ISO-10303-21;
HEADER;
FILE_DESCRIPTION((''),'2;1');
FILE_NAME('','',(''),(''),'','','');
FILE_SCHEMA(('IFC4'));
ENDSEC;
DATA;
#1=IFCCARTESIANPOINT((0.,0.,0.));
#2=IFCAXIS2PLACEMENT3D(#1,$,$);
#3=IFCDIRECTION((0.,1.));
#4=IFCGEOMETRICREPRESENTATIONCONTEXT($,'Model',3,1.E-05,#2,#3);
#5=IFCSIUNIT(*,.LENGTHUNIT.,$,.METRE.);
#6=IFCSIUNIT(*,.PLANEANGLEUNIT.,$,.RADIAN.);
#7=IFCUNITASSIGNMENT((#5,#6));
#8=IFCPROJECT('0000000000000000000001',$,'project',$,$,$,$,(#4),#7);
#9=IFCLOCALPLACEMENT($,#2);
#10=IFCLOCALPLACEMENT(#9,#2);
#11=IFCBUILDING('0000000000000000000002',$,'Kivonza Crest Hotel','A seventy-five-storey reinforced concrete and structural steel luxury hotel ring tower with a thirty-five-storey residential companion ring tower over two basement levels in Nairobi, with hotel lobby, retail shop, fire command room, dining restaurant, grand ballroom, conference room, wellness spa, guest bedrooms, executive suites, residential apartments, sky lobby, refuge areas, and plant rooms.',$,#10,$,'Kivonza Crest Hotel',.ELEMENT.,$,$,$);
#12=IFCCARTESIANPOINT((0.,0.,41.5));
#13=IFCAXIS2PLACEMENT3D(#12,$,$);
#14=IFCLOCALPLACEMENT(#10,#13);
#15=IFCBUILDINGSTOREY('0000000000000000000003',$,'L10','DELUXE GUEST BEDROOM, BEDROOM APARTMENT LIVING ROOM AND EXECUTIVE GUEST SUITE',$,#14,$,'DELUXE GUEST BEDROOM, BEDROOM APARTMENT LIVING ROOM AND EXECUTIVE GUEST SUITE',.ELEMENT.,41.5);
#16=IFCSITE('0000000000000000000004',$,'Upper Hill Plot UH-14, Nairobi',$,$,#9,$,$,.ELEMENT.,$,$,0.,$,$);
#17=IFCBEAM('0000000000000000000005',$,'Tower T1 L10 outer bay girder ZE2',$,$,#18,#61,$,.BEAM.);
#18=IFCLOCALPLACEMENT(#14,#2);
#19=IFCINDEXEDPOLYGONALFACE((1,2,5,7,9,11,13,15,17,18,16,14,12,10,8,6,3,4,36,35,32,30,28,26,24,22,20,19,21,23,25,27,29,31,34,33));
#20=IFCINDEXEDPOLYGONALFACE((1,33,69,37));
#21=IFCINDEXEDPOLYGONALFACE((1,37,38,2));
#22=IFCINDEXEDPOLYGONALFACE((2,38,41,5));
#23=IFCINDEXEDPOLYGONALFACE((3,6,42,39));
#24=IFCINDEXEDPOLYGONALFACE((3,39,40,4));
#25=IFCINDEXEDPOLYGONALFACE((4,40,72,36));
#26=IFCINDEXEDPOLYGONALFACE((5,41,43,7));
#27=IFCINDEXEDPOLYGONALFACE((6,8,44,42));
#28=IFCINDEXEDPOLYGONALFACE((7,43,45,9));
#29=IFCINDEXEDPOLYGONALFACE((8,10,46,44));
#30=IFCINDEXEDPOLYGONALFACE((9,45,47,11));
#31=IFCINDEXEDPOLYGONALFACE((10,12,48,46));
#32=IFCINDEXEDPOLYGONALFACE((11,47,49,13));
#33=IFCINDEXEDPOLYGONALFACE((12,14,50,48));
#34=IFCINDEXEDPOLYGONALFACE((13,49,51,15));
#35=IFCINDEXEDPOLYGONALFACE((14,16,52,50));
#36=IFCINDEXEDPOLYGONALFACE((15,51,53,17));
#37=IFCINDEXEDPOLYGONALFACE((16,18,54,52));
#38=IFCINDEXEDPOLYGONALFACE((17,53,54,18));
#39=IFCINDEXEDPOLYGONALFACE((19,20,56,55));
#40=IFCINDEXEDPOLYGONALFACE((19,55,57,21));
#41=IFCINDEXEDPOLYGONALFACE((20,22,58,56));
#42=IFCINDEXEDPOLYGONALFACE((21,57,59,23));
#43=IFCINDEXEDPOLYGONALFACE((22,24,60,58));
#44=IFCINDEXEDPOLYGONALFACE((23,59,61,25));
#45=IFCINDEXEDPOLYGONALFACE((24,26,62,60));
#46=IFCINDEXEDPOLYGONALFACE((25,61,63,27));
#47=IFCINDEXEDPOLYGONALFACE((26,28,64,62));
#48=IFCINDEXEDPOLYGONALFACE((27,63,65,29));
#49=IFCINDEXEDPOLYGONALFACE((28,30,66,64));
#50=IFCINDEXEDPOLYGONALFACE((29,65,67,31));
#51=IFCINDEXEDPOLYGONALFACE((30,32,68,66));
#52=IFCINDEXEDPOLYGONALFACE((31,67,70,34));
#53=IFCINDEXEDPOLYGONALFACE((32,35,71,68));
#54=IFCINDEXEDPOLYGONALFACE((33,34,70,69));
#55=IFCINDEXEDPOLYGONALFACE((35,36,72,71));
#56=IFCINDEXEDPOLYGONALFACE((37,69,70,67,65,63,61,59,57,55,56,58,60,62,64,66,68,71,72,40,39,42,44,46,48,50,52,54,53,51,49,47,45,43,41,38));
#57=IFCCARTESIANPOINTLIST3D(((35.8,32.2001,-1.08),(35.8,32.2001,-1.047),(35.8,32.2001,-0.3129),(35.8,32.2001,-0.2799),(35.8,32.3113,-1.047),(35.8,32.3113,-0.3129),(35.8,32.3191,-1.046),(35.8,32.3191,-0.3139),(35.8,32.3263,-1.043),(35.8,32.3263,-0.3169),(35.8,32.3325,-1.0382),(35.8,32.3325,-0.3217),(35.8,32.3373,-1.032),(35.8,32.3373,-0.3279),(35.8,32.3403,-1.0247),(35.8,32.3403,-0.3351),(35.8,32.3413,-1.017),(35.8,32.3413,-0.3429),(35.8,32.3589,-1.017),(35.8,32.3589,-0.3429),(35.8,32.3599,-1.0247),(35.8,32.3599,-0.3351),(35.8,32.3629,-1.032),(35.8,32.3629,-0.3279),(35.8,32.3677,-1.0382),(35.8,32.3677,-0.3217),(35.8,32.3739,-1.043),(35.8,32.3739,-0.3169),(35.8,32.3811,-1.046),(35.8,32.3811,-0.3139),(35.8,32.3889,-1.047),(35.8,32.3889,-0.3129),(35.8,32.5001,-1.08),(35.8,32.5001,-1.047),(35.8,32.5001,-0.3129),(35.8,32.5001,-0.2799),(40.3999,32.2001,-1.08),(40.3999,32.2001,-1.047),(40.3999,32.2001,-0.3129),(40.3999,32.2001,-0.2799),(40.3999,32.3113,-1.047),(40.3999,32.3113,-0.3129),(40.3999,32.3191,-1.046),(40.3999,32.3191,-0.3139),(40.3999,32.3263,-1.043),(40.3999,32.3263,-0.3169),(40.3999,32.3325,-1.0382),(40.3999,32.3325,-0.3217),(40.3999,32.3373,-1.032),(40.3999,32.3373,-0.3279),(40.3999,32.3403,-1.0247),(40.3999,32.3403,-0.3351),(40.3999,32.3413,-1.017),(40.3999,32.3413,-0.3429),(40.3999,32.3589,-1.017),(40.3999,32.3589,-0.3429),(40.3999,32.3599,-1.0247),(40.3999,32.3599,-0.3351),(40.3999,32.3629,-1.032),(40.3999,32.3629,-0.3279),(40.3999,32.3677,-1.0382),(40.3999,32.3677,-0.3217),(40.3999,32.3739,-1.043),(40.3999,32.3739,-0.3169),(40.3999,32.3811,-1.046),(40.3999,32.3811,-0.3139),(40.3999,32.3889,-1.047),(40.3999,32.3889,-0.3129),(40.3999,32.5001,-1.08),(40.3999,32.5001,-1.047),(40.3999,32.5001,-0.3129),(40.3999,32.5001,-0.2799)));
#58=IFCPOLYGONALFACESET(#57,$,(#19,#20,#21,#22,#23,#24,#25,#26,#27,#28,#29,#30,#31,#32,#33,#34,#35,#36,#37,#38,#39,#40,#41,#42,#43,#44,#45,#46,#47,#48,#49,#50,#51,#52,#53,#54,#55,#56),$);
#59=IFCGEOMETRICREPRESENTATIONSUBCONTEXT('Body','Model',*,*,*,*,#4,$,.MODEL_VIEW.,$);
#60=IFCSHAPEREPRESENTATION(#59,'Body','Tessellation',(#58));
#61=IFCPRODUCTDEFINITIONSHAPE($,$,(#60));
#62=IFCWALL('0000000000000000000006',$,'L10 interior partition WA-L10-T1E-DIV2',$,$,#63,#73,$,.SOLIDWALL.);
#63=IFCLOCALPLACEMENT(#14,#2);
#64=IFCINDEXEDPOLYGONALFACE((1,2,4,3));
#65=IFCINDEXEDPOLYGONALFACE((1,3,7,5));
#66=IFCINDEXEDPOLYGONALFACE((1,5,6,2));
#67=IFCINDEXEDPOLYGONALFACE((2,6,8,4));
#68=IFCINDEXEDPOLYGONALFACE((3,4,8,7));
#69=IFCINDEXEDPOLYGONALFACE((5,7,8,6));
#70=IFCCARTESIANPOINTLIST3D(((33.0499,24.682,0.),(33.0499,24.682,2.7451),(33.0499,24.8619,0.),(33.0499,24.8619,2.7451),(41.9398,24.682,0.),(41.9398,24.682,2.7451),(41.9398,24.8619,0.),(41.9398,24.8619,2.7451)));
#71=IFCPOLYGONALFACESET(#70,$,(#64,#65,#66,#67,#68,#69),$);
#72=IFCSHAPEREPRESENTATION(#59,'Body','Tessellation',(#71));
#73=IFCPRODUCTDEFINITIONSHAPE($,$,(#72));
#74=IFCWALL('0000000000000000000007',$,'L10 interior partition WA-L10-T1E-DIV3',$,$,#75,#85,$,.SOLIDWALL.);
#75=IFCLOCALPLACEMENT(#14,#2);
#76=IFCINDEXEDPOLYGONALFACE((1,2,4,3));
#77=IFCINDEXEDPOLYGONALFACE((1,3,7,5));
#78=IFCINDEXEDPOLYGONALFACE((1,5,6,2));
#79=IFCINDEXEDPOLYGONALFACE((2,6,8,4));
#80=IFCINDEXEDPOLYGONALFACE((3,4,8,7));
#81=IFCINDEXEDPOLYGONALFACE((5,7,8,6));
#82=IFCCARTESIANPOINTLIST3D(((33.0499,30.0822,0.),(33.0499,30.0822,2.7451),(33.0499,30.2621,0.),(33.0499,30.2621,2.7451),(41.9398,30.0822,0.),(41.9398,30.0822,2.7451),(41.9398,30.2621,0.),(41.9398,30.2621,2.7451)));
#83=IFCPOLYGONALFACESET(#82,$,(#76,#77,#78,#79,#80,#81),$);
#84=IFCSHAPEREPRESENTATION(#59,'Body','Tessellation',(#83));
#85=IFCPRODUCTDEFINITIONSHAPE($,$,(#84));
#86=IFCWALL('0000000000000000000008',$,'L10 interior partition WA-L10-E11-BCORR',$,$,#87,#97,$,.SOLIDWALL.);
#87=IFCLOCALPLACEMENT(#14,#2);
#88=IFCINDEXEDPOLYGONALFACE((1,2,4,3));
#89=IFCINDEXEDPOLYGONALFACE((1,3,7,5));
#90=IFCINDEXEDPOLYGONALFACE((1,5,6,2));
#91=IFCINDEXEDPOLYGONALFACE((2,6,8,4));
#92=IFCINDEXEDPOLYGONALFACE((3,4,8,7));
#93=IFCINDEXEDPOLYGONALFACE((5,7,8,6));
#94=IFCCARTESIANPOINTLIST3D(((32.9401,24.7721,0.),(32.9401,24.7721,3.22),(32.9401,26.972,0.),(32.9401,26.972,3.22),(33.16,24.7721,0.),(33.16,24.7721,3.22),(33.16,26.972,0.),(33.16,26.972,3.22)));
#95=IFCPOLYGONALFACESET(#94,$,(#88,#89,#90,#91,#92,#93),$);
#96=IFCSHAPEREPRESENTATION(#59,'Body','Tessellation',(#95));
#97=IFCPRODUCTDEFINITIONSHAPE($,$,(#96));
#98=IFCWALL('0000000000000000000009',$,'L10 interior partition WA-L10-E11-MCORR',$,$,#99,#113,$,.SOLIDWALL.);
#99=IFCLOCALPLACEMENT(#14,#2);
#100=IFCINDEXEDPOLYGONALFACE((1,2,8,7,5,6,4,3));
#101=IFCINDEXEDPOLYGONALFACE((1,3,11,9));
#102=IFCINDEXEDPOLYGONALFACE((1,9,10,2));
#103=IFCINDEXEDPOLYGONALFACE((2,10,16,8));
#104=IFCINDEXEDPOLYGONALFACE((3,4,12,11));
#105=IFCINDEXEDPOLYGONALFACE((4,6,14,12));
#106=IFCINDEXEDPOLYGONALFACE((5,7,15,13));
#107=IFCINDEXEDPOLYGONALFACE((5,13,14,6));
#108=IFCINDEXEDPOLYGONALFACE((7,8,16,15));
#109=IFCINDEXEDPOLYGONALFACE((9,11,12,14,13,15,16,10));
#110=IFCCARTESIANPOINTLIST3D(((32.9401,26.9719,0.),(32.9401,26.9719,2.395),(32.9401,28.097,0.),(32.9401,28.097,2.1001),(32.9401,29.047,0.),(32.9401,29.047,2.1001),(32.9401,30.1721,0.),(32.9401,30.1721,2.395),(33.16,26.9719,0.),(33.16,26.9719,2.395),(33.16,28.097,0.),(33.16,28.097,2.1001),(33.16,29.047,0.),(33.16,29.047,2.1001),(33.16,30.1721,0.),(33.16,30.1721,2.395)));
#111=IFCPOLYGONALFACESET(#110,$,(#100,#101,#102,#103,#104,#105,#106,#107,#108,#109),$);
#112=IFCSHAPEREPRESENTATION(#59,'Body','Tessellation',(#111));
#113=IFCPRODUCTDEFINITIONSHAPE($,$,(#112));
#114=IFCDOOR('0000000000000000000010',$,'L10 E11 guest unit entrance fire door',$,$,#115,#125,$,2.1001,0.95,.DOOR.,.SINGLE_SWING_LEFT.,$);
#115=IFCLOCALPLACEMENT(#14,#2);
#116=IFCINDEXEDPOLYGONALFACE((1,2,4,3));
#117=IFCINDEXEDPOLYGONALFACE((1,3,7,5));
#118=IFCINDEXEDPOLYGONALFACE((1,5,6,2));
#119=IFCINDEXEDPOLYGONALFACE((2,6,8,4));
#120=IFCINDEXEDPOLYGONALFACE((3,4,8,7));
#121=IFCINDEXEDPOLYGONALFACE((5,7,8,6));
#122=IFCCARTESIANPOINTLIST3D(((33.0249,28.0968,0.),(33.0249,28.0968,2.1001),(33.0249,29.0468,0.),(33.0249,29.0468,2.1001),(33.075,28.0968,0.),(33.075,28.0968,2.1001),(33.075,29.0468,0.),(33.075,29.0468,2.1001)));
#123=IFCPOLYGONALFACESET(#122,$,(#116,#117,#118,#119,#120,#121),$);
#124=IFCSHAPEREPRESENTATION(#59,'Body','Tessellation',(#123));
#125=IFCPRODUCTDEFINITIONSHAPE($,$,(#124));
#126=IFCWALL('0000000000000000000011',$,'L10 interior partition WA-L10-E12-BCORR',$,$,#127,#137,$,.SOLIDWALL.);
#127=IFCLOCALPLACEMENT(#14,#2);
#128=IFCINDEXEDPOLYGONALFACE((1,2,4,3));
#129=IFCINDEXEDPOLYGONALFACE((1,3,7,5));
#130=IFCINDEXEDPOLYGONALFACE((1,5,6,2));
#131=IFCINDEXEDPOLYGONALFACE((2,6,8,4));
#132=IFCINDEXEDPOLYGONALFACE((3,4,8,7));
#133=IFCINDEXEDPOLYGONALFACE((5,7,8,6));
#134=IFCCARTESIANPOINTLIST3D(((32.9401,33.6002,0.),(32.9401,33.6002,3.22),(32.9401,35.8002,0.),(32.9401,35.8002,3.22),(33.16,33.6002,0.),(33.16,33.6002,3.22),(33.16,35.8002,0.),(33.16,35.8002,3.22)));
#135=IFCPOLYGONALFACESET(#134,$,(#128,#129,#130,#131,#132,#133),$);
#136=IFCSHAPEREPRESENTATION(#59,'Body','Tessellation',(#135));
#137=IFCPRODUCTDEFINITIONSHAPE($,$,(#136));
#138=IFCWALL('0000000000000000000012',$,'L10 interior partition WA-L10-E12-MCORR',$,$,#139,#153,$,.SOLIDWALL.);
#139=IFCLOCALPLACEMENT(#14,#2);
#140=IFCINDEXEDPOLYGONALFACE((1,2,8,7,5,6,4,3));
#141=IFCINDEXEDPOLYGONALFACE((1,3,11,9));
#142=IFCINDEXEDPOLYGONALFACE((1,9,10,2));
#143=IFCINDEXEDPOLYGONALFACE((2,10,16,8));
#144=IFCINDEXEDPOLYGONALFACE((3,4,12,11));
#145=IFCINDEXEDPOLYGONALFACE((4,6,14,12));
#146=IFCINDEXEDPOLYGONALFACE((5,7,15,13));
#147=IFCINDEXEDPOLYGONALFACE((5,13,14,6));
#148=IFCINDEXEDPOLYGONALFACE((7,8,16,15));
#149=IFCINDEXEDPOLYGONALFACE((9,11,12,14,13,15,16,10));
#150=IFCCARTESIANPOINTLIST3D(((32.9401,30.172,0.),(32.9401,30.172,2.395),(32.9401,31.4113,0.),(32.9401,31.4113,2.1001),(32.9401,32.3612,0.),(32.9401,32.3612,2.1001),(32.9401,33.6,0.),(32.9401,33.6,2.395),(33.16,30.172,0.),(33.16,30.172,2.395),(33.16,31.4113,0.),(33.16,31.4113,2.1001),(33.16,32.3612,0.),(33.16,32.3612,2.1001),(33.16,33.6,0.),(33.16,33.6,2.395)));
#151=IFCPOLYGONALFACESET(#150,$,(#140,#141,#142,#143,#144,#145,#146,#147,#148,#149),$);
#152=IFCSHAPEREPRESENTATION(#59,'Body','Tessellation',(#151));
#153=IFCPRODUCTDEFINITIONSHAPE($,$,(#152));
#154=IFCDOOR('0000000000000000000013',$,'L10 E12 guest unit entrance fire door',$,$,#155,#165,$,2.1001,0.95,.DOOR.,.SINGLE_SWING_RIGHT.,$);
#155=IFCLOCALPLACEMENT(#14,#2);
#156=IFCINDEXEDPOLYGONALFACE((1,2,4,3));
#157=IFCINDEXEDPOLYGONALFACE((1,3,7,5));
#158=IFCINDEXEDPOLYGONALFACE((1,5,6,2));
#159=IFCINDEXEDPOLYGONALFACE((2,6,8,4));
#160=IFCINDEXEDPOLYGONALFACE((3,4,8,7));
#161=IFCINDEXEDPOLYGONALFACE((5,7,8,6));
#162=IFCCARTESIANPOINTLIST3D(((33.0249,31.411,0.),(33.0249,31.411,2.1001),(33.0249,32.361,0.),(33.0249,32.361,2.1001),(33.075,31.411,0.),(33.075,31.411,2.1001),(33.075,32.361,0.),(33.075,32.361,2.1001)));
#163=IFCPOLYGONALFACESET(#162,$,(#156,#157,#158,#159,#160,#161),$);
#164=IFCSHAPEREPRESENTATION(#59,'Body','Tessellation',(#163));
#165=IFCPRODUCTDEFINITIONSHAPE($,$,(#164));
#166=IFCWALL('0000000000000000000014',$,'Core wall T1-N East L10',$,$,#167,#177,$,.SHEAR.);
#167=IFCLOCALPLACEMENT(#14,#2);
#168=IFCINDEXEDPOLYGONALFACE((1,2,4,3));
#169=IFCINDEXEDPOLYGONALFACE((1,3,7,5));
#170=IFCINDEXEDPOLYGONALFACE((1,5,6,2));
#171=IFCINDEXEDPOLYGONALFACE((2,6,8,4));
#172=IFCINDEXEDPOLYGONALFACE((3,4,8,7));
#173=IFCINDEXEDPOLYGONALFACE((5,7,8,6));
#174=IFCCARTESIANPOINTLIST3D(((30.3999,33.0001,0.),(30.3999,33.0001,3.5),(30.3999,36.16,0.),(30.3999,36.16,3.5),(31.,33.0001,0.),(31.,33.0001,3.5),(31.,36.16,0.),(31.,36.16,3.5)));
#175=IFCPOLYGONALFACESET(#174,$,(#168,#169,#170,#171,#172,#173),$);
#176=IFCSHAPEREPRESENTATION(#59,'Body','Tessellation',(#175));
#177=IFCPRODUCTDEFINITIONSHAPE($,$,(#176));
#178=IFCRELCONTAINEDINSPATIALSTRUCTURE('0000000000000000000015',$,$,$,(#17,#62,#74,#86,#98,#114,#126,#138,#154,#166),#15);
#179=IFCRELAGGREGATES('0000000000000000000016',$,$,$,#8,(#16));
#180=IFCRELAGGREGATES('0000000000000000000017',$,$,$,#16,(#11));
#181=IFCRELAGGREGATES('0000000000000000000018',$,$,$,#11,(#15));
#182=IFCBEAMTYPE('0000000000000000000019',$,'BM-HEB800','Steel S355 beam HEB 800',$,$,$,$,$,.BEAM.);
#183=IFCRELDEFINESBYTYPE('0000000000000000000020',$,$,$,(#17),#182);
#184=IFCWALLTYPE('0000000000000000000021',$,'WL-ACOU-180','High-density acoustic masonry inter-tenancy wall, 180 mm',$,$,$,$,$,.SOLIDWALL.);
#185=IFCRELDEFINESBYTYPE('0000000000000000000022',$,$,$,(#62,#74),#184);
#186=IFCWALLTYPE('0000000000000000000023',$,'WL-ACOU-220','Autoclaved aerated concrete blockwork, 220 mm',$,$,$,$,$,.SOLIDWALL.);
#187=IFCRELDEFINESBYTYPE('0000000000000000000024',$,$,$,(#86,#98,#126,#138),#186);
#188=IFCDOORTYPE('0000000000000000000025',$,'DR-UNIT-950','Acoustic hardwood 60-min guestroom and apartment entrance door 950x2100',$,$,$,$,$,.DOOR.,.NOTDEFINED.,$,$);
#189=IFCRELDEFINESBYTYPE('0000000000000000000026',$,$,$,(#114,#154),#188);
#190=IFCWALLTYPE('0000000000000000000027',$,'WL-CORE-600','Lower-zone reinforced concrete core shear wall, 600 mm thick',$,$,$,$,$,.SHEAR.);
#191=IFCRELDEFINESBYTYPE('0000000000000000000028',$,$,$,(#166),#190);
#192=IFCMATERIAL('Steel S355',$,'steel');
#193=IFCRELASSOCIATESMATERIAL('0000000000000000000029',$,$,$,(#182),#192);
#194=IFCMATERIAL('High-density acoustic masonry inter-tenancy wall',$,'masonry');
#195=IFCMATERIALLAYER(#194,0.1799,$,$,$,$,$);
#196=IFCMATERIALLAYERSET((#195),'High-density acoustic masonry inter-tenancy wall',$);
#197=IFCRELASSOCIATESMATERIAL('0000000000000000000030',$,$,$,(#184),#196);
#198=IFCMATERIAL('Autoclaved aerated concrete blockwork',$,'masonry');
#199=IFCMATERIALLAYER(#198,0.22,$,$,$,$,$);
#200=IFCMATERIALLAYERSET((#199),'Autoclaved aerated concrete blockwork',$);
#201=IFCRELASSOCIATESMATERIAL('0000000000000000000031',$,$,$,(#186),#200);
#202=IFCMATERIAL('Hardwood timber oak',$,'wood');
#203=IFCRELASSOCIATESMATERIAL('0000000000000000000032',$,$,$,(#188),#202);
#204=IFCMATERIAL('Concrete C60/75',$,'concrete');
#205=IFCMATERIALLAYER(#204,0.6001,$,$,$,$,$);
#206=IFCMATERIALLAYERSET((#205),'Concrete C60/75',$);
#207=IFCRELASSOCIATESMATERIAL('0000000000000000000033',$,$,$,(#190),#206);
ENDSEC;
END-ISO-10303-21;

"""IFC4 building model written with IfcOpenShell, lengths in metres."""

from ifc_helpers import new_model, si_unit, direction, frame, frame_2d, origin, origin_2d, place, context, subcontext, project, spatial, rectangle, i_section, extrude, material, layer, layer_set, material_profile, profile_set, type_object, element, fill, save


model = new_model("IFC4")

# Units and contexts
model_context = context("Model", 3, precision=1e-05, world=origin(), true_north=direction((0.0, 1.0)))
body_context = subcontext(model_context, "Body", "Model", "MODEL_VIEW")
ifc_project = project(units=[si_unit("LENGTHUNIT", "METRE"), si_unit("PLANEANGLEUNIT", "RADIAN")], contexts=[model_context])

# Site, building, storey
site_placement = place(None, origin())
site = spatial("IfcSite", under=ifc_project, at=site_placement, Name="Upper Hill Plot UH-14, Nairobi", CompositionType="ELEMENT", RefElevation=0.0)
building_placement = place(site_placement, origin())
building = spatial("IfcBuilding", under=site, at=building_placement, Name="Kivonza Crest Hotel", Description="A seventy-five-storey reinforced concrete and structural steel luxury hotel ring tower with a thirty-five-storey residential companion ring tower over two basement levels in Nairobi, with hotel lobby, retail shop, fire command room, dining restaurant, grand ballroom, conference room, wellness spa, guest bedrooms, executive suites, residential apartments, sky lobby, refuge areas, and plant rooms.", LongName="Kivonza Crest Hotel", CompositionType="ELEMENT")
storey_placement = place(building_placement, frame((0.0, 0.0, 41.5)))
storey = spatial("IfcBuildingStorey", under=building, at=storey_placement, Name="L10", Description="DELUXE GUEST BEDROOM, BEDROOM APARTMENT LIVING ROOM AND EXECUTIVE GUEST SUITE", LongName="DELUXE GUEST BEDROOM, BEDROOM APARTMENT LIVING ROOM AND EXECUTIVE GUEST SUITE", CompositionType="ELEMENT", Elevation=41.5)

# Shared definitions
ifc_material_1 = material(Name="Concrete C60/75", Category="concrete")

# Beam
ifc_material_2 = material(Name="Steel S355", Category="steel")
ifc_material_profile_1 = material_profile(ifc_material_2, i_section(OverallWidth=0.3, OverallDepth=0.8, WebThickness=0.0176, FlangeThickness=0.033, FilletRadius=0.03, at=origin_2d()), Name="HEB 800")
ifc_profile_set_1 = profile_set([ifc_material_profile_1], Name="Steel S355")
beam_type_1 = type_object("IfcBeamType", Name="BM-HEB800", Description="Steel S355 beam HEB 800", PredefinedType="BEAM", material=ifc_profile_set_1)
beam_1_placement = place(storey_placement, frame((40.3999, 32.3501, -0.6799), z_axis=(-1.0, 0.0, 0.0), x_axis=(0.0, -1.0, 0.0)))
element("IfcBeam", 1, at=beam_1_placement, inside=storey, type_object=beam_type_1, Name="Tower T1 L10 outer bay girder ZE2", PredefinedType="BEAM", context=body_context, shape_type="SweptSolid", body=[
    extrude(i_section(OverallWidth=0.3, OverallDepth=0.8, WebThickness=0.0176, FlangeThickness=0.033, FilletRadius=0.03, at=origin_2d()), origin(), (0.0, 0.0, 1.0), 4.5999),
])

# Walls
ifc_material_3 = material(Name="High-density acoustic masonry inter-tenancy wall", Category="masonry")
ifc_layer_1 = layer(ifc_material_3, 0.1799)
ifc_layer_set_1 = layer_set([ifc_layer_1], Name="High-density acoustic masonry inter-tenancy wall")
wall_type_1 = type_object("IfcWallType", Name="WL-ACOU-180", Description="High-density acoustic masonry inter-tenancy wall, 180 mm", PredefinedType="SOLIDWALL", material=ifc_layer_set_1)
for number, where, z_axis, x_axis, name in (
    (2, (33.05, 24.772, 0.0), (0.0, 0.0, 1.0), (1.0, 0.0, 0.0), "L10 interior partition WA-L10-T1E-DIV2"),
    (3, (33.05, 30.1721, 0.0), (0.0, 0.0, 1.0), (1.0, 0.0, 0.0), "L10 interior partition WA-L10-T1E-DIV3"),
):
    element("IfcWall", number, at=place(storey_placement, frame(where, z_axis=z_axis, x_axis=x_axis)), inside=storey, type_object=wall_type_1, Name=name, PredefinedType="SOLIDWALL", context=body_context, shape_type="SweptSolid", body=[
        extrude(rectangle(XDim=8.8899, YDim=0.1799, at=frame_2d((4.4448, 0.0))), origin(), (0.0, 0.0, 1.0), 2.7451),
    ])
ifc_material_4 = material(Name="Autoclaved aerated concrete blockwork", Category="masonry")
ifc_layer_2 = layer(ifc_material_4, 0.22)
ifc_layer_set_2 = layer_set([ifc_layer_2], Name="Autoclaved aerated concrete blockwork")
wall_type_2 = type_object("IfcWallType", Name="WL-ACOU-220", Description="Autoclaved aerated concrete blockwork, 220 mm", PredefinedType="SOLIDWALL", material=ifc_layer_set_2)
wall_1_placement = place(storey_placement, frame((33.05, 24.772, 0.0), z_axis=(0.0, 0.0, 1.0), x_axis=(0.0, 1.0, 0.0)))
element("IfcWall", 4, at=wall_1_placement, inside=storey, type_object=wall_type_2, Name="L10 interior partition WA-L10-E11-BCORR", PredefinedType="SOLIDWALL", context=body_context, shape_type="SweptSolid", body=[
    extrude(rectangle(XDim=2.2, YDim=0.22, at=frame_2d((1.1001, 0.0))), origin(), (0.0, 0.0, 1.0), 3.22),
])

# Wall, opening, door
wall_2_placement = place(storey_placement, frame((33.05, 26.9719, 0.0), z_axis=(0.0, 0.0, 1.0), x_axis=(0.0, 1.0, 0.0)))
wall_2 = element("IfcWall", 5, at=wall_2_placement, inside=storey, type_object=wall_type_2, Name="L10 interior partition WA-L10-E11-MCORR", PredefinedType="SOLIDWALL", context=body_context, shape_type="SweptSolid", body=[
    extrude(rectangle(XDim=3.2002, YDim=0.22, at=frame_2d((1.6001, 0.0))), origin(), (0.0, 0.0, 1.0), 2.395),
])
opening_1_placement = place(wall_2_placement, frame((1.125, 0.0, 0.0)))
opening_1 = element("IfcOpeningElement", 6, at=opening_1_placement, cuts=wall_2, PredefinedType="OPENING", context=body_context, shape_type="SweptSolid", body=[
    extrude(rectangle(XDim=0.95, YDim=2.1001, at=frame_2d((0.4751, 1.05))), frame((0.0, 0.1201, 0.0), z_axis=(0.0, -1.0, 0.0), x_axis=(1.0, 0.0, 0.0)), (0.0, 0.0, 1.0), 0.24),
])
ifc_material_5 = material(Name="Hardwood timber oak", Category="wood")
door_type_1 = type_object("IfcDoorType", Name="DR-UNIT-950", Description="Acoustic hardwood 60-min guestroom and apartment entrance door 950x2100", OperationType="NOTDEFINED", PredefinedType="DOOR", material=ifc_material_5)
door_1_placement = place(opening_1_placement, frame((0.95, 0.0, 0.0), z_axis=(0.0, 0.0, 1.0), x_axis=(-1.0, 0.0, 0.0)))
door_1 = element("IfcDoor", 7, at=door_1_placement, inside=storey, type_object=door_type_1, Name="L10 E11 guest unit entrance fire door", OperationType="SINGLE_SWING_LEFT", OverallHeight=2.1001, OverallWidth=0.95, PredefinedType="DOOR", context=body_context, shape_type="SweptSolid", body=[
    extrude(rectangle(XDim=0.95, YDim=2.1001, at=frame_2d((0.4751, 1.05))), frame((0.0, 0.0249, 0.0), z_axis=(0.0, -1.0, 0.0), x_axis=(1.0, 0.0, 0.0)), (0.0, 0.0, 1.0), 0.05),
])
fill(opening_1, door_1)

# Wall
wall_3_placement = place(storey_placement, frame((33.05, 33.6001, 0.0), z_axis=(0.0, 0.0, 1.0), x_axis=(0.0, 1.0, 0.0)))
element("IfcWall", 8, at=wall_3_placement, inside=storey, type_object=wall_type_2, Name="L10 interior partition WA-L10-E12-BCORR", PredefinedType="SOLIDWALL", context=body_context, shape_type="SweptSolid", body=[
    extrude(rectangle(XDim=2.2, YDim=0.22, at=frame_2d((1.1001, 0.0))), origin(), (0.0, 0.0, 1.0), 3.22),
])

# Wall, opening, door
wall_4_placement = place(storey_placement, frame((33.05, 30.1721, 0.0), z_axis=(0.0, 0.0, 1.0), x_axis=(0.0, 1.0, 0.0)))
wall_4 = element("IfcWall", 9, at=wall_4_placement, inside=storey, type_object=wall_type_2, Name="L10 interior partition WA-L10-E12-MCORR", PredefinedType="SOLIDWALL", context=body_context, shape_type="SweptSolid", body=[
    extrude(rectangle(XDim=3.428, YDim=0.22, at=frame_2d((1.7139, 0.0))), origin(), (0.0, 0.0, 1.0), 2.395),
])
opening_2_placement = place(wall_4_placement, frame((1.239, 0.0, 0.0)))
opening_2 = element("IfcOpeningElement", 10, at=opening_2_placement, cuts=wall_4, PredefinedType="OPENING", context=body_context, shape_type="SweptSolid", body=[
    extrude(rectangle(XDim=0.95, YDim=2.1001, at=frame_2d((0.4751, 1.05))), frame((0.0, 0.1201, 0.0), z_axis=(0.0, -1.0, 0.0), x_axis=(1.0, 0.0, 0.0)), (0.0, 0.0, 1.0), 0.24),
])
door_2_placement = place(opening_2_placement, frame((0.95, 0.0, 0.0), z_axis=(0.0, 0.0, 1.0), x_axis=(-1.0, 0.0, 0.0)))
door_2 = element("IfcDoor", 11, at=door_2_placement, inside=storey, type_object=door_type_1, Name="L10 E12 guest unit entrance fire door", OperationType="SINGLE_SWING_RIGHT", OverallHeight=2.1001, OverallWidth=0.95, PredefinedType="DOOR", context=body_context, shape_type="SweptSolid", body=[
    extrude(rectangle(XDim=0.95, YDim=2.1001, at=frame_2d((0.4751, 1.05))), frame((0.0, 0.0249, 0.0), z_axis=(0.0, -1.0, 0.0), x_axis=(1.0, 0.0, 0.0)), (0.0, 0.0, 1.0), 0.05),
])
fill(opening_2, door_2)

# Wall
ifc_layer_3 = layer(ifc_material_1, 0.6001)
ifc_layer_set_3 = layer_set([ifc_layer_3], Name="Concrete C60/75")
wall_type_3 = type_object("IfcWallType", Name="WL-CORE-600", Description="Lower-zone reinforced concrete core shear wall, 600 mm thick", PredefinedType="SHEAR", material=ifc_layer_set_3)
wall_5_placement = place(storey_placement, frame((30.7, 33.0, 0.0), z_axis=(0.0, 0.0, 1.0), x_axis=(0.0, 1.0, 0.0)))
element("IfcWall", 12, at=wall_5_placement, inside=storey, type_object=wall_type_3, Name="Core wall T1-N East L10", PredefinedType="SHEAR", context=body_context, shape_type="SweptSolid", body=[
    extrude(rectangle(XDim=3.1599, YDim=0.6001, at=frame_2d((1.5801, 0.0))), origin(), (0.0, 0.0, 1.0), 3.5),
])

save(model, "model.ifc")
